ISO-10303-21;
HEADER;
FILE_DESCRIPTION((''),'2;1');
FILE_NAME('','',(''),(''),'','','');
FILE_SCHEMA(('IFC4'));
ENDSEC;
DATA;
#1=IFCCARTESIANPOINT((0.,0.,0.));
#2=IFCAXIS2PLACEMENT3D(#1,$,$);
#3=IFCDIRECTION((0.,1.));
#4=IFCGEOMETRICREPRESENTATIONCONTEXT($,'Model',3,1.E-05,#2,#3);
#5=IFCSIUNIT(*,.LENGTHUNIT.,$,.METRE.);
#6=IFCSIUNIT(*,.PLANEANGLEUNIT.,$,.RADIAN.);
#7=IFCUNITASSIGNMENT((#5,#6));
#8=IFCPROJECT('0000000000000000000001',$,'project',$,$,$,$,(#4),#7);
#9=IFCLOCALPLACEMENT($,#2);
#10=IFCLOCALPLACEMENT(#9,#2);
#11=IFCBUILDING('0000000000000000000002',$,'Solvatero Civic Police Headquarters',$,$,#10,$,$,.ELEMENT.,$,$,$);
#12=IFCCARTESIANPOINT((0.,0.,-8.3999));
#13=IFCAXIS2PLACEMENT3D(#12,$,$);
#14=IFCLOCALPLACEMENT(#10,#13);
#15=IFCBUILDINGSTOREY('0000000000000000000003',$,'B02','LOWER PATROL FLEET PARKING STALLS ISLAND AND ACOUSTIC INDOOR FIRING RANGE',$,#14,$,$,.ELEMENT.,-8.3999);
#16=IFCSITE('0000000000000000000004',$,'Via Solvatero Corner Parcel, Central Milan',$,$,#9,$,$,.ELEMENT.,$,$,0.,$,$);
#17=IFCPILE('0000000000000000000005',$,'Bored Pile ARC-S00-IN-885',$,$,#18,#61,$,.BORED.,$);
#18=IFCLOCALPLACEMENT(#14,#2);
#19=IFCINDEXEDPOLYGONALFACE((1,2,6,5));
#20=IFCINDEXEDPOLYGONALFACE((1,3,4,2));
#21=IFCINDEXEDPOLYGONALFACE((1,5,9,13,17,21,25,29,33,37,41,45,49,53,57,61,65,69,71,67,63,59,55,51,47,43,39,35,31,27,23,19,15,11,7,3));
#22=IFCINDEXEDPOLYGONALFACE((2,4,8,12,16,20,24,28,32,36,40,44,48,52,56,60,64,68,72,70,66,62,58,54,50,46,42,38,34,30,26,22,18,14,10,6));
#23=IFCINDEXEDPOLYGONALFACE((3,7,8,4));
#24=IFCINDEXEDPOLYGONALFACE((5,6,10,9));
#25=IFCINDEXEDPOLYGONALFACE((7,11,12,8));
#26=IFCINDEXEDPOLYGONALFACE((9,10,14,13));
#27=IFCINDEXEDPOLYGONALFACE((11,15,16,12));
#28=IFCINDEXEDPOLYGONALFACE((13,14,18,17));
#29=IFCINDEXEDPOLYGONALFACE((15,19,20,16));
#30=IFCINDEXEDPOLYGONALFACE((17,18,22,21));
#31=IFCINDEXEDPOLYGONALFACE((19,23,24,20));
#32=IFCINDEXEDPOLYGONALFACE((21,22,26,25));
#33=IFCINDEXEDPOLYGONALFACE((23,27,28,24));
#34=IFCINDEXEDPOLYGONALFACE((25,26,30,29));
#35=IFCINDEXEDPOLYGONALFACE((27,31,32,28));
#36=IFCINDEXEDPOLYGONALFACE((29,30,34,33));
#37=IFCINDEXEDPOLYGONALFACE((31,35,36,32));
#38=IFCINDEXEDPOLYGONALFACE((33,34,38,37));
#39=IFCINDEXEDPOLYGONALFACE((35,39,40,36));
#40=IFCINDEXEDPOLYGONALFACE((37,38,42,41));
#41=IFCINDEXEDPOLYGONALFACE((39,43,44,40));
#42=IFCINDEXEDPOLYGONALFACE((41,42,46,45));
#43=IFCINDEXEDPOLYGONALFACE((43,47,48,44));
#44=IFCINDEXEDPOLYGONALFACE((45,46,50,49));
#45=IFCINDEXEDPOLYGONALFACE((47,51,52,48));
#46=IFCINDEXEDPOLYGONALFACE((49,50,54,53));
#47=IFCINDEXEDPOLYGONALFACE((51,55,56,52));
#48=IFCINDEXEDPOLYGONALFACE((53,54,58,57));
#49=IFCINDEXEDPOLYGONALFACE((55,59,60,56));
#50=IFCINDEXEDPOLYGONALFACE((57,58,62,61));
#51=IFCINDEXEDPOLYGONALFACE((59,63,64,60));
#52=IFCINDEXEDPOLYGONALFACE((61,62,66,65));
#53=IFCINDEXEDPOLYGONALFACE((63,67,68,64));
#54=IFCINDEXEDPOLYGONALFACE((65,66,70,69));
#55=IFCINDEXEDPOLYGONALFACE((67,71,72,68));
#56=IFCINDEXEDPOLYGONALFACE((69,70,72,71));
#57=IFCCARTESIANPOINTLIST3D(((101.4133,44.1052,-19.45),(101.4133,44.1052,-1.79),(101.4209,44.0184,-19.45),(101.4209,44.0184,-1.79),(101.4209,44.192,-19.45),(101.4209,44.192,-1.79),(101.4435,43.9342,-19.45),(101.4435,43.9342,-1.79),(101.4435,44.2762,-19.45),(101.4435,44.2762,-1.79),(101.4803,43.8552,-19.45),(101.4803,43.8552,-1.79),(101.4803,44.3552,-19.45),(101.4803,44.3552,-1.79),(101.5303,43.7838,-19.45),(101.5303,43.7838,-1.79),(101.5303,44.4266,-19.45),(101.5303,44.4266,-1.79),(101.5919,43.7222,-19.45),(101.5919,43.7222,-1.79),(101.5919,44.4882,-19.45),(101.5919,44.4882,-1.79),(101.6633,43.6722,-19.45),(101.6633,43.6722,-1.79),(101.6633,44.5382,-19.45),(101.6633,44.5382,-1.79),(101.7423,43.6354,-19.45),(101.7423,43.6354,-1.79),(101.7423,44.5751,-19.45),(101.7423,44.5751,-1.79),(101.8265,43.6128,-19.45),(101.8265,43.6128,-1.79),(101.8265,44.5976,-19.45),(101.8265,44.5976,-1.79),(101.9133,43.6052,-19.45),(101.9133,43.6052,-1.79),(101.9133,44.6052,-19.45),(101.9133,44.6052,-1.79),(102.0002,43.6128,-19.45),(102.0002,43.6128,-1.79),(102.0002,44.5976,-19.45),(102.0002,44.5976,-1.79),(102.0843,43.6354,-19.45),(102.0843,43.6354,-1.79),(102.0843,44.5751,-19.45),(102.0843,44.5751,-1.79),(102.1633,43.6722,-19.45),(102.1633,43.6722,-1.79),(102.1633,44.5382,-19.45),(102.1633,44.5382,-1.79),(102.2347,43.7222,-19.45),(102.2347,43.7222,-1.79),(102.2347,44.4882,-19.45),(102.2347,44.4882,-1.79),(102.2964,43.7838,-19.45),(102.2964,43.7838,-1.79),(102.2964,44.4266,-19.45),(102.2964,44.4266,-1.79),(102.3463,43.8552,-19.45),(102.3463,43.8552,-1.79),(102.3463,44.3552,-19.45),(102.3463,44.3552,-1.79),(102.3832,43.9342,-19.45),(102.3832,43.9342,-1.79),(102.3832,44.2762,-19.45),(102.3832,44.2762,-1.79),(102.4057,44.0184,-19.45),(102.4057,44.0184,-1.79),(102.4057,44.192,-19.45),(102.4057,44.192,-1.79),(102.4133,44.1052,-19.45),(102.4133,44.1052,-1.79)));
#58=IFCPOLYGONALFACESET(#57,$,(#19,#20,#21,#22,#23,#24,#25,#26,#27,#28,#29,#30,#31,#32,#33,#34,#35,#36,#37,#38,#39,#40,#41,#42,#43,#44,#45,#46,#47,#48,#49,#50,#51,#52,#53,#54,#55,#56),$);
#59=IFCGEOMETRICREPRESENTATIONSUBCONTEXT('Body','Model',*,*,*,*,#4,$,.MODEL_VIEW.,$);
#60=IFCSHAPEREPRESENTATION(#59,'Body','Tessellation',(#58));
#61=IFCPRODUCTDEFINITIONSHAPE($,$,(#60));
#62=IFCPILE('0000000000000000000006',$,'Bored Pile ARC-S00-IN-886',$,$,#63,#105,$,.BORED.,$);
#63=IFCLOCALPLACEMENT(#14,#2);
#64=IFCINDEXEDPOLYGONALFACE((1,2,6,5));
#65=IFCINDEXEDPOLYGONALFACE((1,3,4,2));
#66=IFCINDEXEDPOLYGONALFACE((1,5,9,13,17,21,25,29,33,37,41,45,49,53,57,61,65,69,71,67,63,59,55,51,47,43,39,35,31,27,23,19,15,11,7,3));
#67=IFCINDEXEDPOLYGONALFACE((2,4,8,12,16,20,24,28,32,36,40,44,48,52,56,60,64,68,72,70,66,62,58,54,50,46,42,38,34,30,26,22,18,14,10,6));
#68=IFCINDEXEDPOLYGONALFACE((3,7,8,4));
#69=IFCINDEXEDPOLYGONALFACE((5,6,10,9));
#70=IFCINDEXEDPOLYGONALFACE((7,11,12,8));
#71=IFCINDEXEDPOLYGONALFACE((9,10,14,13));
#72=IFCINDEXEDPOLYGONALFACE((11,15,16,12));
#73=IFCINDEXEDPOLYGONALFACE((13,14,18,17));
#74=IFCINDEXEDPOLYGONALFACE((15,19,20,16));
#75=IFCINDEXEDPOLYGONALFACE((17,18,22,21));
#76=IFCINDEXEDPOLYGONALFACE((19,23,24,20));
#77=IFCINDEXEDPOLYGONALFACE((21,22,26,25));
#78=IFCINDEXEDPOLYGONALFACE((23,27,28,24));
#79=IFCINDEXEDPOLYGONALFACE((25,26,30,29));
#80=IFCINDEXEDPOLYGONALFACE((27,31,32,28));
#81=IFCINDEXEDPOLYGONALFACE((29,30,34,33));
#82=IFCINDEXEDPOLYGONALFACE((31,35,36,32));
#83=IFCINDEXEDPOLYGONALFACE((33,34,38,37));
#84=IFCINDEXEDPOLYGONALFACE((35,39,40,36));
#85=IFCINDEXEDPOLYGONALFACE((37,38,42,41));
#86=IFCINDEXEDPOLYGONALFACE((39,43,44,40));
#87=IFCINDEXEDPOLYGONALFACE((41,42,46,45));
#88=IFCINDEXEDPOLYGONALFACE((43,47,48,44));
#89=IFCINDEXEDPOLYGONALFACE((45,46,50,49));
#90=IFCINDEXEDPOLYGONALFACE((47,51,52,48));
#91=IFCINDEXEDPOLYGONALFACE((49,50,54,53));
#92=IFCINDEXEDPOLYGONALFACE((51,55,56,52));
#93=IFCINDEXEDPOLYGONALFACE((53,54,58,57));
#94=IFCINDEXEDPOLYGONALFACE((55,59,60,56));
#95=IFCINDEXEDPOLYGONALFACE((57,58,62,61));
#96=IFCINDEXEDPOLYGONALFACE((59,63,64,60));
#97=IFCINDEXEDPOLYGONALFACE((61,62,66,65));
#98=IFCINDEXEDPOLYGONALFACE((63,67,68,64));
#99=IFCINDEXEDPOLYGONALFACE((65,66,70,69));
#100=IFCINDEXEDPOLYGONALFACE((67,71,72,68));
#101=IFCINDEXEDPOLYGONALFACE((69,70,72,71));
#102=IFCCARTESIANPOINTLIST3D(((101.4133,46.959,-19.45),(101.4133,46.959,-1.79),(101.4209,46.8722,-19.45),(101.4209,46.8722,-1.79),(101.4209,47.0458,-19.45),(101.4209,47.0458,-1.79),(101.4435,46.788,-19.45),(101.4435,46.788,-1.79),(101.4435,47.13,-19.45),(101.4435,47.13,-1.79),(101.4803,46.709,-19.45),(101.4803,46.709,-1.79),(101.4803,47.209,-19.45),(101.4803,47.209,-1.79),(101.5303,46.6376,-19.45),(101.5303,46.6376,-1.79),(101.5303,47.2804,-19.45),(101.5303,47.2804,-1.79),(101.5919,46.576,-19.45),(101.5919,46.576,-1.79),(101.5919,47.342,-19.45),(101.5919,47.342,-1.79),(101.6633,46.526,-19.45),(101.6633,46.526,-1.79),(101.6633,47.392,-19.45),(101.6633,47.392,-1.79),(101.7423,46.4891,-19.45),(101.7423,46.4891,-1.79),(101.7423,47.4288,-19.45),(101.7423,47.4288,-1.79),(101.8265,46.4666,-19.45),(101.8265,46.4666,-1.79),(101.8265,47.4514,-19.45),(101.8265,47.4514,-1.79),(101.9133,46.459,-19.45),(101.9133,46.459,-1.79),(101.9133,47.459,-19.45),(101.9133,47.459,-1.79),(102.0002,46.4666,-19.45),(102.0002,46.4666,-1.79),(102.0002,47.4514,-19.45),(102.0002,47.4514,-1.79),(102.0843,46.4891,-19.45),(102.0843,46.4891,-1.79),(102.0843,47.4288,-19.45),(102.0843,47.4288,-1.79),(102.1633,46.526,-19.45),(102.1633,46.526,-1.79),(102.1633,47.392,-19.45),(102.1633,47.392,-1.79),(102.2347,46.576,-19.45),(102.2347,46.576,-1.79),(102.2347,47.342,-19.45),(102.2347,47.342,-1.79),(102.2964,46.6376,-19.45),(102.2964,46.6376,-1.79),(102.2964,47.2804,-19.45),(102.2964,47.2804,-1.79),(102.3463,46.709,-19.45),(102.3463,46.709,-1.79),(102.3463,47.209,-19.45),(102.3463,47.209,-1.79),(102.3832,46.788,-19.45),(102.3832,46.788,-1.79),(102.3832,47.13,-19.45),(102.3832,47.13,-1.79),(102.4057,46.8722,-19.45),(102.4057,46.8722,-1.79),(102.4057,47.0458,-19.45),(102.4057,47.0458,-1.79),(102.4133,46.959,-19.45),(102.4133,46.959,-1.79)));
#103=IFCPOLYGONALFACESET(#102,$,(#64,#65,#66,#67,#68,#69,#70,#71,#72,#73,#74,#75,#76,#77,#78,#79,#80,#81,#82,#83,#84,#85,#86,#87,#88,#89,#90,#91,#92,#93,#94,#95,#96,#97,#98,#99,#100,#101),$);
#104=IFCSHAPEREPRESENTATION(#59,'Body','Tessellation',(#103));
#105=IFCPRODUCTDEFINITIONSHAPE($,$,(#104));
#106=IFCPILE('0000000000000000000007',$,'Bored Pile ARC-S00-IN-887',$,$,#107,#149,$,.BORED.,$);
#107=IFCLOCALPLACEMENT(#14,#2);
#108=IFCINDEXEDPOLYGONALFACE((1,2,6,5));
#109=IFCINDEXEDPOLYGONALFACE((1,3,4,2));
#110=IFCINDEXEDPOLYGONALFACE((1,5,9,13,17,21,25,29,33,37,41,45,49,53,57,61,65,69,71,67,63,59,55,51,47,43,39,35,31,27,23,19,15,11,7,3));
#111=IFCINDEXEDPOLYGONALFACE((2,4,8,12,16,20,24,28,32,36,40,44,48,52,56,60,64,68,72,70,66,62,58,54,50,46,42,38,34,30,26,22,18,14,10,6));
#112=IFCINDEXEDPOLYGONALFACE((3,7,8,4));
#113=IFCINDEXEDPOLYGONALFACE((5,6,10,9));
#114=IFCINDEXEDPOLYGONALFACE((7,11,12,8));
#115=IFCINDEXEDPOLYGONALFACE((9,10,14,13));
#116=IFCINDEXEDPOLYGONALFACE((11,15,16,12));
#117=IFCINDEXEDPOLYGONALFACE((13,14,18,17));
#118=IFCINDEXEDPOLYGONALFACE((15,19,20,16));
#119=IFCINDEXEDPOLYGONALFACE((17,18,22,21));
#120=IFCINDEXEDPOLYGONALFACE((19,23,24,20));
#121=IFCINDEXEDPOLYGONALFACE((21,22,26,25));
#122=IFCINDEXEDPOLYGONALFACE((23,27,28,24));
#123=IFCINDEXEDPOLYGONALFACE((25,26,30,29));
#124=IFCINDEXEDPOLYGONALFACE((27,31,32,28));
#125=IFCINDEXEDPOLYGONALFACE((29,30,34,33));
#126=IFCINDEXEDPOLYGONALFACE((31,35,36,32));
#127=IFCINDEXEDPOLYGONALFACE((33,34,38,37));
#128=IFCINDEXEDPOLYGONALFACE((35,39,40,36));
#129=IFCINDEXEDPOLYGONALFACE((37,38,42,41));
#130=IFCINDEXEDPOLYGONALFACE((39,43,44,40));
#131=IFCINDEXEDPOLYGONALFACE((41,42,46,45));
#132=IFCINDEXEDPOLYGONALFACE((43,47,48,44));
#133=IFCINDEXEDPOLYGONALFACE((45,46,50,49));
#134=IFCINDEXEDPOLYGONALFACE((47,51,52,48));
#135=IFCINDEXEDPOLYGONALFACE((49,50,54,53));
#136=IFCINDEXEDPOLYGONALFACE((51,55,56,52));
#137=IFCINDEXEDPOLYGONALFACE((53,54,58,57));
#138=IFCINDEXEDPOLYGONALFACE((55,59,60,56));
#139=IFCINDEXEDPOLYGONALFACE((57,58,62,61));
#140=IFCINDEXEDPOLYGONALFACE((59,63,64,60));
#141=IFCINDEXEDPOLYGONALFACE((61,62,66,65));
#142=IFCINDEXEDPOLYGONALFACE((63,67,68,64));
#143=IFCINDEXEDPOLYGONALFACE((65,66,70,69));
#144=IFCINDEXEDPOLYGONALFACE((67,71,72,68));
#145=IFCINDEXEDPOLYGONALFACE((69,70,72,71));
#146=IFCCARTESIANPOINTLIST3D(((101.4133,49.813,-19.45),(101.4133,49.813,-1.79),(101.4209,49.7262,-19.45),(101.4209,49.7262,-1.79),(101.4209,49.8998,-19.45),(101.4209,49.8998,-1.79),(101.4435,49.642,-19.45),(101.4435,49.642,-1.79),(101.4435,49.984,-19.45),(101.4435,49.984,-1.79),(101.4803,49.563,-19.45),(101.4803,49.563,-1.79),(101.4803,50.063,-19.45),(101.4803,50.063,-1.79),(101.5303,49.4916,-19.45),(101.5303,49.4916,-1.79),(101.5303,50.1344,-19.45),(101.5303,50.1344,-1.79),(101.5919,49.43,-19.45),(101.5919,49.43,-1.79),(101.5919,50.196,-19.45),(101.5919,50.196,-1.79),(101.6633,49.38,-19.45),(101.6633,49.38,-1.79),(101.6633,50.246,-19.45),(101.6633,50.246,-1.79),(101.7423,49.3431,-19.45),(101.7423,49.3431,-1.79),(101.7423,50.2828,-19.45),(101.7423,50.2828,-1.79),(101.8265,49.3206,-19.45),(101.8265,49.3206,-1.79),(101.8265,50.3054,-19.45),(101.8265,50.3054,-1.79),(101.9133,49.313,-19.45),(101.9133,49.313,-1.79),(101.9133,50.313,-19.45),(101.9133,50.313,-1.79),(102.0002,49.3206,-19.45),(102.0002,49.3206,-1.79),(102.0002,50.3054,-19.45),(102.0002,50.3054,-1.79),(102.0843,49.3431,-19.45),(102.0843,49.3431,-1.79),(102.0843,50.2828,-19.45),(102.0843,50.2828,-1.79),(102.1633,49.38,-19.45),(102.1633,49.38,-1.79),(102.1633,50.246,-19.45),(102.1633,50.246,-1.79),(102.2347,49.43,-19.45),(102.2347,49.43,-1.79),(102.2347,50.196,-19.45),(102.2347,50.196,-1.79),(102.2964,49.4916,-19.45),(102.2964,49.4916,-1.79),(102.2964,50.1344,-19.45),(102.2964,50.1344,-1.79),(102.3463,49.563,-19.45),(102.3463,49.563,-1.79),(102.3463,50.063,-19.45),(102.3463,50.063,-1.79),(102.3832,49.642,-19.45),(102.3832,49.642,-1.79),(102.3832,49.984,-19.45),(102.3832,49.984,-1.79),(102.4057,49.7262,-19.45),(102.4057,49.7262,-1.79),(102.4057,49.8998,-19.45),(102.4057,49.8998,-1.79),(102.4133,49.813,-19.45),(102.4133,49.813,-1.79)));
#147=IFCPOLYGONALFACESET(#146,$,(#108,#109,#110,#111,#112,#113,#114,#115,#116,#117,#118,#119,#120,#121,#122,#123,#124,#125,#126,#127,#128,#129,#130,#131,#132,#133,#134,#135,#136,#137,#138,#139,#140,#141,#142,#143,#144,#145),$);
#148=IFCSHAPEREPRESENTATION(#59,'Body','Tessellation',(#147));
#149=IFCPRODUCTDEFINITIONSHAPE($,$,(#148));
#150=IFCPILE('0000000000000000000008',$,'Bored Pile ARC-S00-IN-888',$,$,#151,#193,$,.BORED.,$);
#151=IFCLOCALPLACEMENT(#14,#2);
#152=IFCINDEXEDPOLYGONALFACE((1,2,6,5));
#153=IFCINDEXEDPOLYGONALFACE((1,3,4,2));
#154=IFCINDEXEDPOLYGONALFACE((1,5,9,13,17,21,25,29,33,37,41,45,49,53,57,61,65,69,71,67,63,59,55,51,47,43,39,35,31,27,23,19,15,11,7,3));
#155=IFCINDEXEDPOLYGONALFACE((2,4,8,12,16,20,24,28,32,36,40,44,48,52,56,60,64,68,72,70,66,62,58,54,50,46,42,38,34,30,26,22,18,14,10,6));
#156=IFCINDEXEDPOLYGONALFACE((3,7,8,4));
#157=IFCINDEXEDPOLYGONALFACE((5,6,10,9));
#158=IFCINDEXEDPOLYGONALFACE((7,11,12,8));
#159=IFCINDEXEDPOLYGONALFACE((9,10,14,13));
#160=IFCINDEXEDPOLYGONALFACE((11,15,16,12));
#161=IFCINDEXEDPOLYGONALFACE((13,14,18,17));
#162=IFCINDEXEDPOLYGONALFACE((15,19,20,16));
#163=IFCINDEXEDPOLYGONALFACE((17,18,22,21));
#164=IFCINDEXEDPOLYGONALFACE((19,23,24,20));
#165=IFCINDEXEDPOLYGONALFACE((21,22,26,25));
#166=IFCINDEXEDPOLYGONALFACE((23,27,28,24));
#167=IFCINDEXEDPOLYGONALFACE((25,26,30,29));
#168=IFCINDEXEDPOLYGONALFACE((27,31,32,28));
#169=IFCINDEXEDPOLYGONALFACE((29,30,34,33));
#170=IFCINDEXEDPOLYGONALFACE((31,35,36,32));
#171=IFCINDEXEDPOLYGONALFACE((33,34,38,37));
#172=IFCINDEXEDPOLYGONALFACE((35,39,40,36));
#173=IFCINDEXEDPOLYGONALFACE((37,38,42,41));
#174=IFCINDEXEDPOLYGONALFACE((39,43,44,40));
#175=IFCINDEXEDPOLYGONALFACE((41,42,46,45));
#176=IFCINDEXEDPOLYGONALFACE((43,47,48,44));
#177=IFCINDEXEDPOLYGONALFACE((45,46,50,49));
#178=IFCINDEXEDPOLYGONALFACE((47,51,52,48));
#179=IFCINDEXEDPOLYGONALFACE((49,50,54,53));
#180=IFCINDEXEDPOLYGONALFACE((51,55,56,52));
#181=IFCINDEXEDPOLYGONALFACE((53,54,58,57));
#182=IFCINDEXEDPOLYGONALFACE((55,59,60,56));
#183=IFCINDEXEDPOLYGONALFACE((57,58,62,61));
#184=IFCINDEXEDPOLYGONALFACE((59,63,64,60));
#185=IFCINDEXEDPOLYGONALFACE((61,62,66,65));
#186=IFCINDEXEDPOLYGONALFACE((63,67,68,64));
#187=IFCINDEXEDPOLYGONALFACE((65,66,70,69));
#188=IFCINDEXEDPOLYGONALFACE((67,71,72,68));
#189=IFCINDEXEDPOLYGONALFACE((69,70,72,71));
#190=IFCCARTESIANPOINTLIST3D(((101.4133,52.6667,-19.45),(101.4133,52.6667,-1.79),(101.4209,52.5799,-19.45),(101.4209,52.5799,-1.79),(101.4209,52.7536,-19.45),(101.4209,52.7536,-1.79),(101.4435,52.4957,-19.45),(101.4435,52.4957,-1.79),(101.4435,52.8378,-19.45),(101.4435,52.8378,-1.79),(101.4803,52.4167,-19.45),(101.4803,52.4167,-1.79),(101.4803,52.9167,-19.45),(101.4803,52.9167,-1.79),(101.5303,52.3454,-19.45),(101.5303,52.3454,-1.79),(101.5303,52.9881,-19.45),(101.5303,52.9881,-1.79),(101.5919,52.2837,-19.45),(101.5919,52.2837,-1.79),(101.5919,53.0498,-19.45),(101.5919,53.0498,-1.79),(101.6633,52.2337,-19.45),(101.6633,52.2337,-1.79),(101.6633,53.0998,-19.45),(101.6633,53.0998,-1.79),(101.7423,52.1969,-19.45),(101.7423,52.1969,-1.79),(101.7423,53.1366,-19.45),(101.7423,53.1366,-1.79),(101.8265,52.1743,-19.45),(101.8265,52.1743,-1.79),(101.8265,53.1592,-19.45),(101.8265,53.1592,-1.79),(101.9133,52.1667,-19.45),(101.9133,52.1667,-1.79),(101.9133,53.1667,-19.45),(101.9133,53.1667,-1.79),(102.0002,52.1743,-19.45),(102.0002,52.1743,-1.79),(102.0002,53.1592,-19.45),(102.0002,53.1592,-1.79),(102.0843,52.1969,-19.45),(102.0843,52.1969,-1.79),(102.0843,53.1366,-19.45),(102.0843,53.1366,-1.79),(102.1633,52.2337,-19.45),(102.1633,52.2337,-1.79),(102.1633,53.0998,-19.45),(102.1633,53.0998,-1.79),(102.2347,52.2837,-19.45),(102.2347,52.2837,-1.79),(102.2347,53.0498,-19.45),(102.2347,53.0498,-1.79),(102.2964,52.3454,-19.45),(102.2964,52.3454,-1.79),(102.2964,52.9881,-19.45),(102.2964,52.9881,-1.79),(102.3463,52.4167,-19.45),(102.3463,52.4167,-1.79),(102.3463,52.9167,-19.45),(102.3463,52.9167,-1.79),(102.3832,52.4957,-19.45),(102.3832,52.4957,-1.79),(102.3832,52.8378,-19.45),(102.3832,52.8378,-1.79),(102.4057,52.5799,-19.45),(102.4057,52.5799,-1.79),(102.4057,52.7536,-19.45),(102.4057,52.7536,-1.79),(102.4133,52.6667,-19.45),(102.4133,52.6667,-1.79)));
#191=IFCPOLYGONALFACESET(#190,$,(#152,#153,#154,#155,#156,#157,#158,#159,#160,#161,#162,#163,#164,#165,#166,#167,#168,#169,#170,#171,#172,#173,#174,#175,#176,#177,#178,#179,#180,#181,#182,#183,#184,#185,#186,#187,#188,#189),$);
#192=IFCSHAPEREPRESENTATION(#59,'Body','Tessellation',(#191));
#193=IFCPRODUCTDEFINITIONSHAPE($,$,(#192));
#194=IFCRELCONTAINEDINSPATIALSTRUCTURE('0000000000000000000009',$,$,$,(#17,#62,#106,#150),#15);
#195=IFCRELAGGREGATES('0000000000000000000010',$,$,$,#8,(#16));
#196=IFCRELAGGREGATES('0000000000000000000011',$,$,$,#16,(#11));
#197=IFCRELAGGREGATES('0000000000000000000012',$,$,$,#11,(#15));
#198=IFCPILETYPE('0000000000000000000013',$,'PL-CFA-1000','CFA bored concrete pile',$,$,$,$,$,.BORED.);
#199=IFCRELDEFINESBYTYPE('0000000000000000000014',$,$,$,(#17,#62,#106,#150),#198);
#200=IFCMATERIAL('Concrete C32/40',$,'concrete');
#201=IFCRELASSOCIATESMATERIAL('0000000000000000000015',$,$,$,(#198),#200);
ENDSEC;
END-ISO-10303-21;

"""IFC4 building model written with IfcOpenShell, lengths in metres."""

from ifc_helpers import new_model, si_unit, direction, frame, origin, origin_2d, place, context, subcontext, project, spatial, circle, extrude, material, material_profile, profile_set, type_object, element, save


model = new_model("IFC4")

# Units and contexts
model_context = context("Model", 3, precision=1e-05, world=origin(), true_north=direction((0.0, 1.0)))
body_context = subcontext(model_context, "Body", "Model", "MODEL_VIEW")
ifc_project = project(units=[si_unit("LENGTHUNIT", "METRE"), si_unit("PLANEANGLEUNIT", "RADIAN")], contexts=[model_context])

# Site, building, storey
site_placement = place(None, origin())
site = spatial("IfcSite", under=ifc_project, at=site_placement, Name="Via Solvatero Corner Parcel, Central Milan", CompositionType="ELEMENT", RefElevation=0.0)
building_placement = place(site_placement, origin())
building = spatial("IfcBuilding", under=site, at=building_placement, Name="Solvatero Civic Police Headquarters", CompositionType="ELEMENT")
storey_placement = place(building_placement, frame((0.0, 0.0, -8.3999)))
storey = spatial("IfcBuildingStorey", under=building, at=storey_placement, Name="B02", Description="LOWER PATROL FLEET PARKING STALLS ISLAND AND ACOUSTIC INDOOR FIRING RANGE", CompositionType="ELEMENT", Elevation=-8.3999)

# Piles
ifc_material_1 = material(Name="Concrete C32/40", Category="concrete")
ifc_material_profile_1 = material_profile(ifc_material_1, circle(Radius=0.5, at=origin_2d()), Name="CFA PILE D1000")
ifc_profile_set_1 = profile_set([ifc_material_profile_1], Name="Concrete C32/40")
pile_type = type_object("IfcPileType", Name="PL-CFA-1000", Description="CFA bored concrete pile", PredefinedType="BORED", material=ifc_profile_set_1)
for number, where, z_axis, x_axis, name in (
    (1, (101.9133, 44.1052, -1.79), (0.0, 0.0, -1.0), (1.0, 0.0, 0.0), "Bored Pile ARC-S00-IN-885"),
    (2, (101.9133, 46.959, -1.79), (0.0, 0.0, -1.0), (1.0, 0.0, 0.0), "Bored Pile ARC-S00-IN-886"),
    (3, (101.9133, 49.813, -1.79), (0.0, 0.0, -1.0), (1.0, 0.0, 0.0), "Bored Pile ARC-S00-IN-887"),
    (4, (101.9133, 52.6667, -1.79), (0.0, 0.0, -1.0), (1.0, 0.0, 0.0), "Bored Pile ARC-S00-IN-888"),
):
    element("IfcPile", number, at=place(storey_placement, frame(where, z_axis=z_axis, x_axis=x_axis)), inside=storey, type_object=pile_type, Name=name, PredefinedType="BORED", context=body_context, shape_type="SweptSolid", body=[
        extrude(circle(Radius=0.5, at=origin_2d()), origin(), (0.0, 0.0, 1.0), 17.6599),
    ])

save(model, "model.ifc")
